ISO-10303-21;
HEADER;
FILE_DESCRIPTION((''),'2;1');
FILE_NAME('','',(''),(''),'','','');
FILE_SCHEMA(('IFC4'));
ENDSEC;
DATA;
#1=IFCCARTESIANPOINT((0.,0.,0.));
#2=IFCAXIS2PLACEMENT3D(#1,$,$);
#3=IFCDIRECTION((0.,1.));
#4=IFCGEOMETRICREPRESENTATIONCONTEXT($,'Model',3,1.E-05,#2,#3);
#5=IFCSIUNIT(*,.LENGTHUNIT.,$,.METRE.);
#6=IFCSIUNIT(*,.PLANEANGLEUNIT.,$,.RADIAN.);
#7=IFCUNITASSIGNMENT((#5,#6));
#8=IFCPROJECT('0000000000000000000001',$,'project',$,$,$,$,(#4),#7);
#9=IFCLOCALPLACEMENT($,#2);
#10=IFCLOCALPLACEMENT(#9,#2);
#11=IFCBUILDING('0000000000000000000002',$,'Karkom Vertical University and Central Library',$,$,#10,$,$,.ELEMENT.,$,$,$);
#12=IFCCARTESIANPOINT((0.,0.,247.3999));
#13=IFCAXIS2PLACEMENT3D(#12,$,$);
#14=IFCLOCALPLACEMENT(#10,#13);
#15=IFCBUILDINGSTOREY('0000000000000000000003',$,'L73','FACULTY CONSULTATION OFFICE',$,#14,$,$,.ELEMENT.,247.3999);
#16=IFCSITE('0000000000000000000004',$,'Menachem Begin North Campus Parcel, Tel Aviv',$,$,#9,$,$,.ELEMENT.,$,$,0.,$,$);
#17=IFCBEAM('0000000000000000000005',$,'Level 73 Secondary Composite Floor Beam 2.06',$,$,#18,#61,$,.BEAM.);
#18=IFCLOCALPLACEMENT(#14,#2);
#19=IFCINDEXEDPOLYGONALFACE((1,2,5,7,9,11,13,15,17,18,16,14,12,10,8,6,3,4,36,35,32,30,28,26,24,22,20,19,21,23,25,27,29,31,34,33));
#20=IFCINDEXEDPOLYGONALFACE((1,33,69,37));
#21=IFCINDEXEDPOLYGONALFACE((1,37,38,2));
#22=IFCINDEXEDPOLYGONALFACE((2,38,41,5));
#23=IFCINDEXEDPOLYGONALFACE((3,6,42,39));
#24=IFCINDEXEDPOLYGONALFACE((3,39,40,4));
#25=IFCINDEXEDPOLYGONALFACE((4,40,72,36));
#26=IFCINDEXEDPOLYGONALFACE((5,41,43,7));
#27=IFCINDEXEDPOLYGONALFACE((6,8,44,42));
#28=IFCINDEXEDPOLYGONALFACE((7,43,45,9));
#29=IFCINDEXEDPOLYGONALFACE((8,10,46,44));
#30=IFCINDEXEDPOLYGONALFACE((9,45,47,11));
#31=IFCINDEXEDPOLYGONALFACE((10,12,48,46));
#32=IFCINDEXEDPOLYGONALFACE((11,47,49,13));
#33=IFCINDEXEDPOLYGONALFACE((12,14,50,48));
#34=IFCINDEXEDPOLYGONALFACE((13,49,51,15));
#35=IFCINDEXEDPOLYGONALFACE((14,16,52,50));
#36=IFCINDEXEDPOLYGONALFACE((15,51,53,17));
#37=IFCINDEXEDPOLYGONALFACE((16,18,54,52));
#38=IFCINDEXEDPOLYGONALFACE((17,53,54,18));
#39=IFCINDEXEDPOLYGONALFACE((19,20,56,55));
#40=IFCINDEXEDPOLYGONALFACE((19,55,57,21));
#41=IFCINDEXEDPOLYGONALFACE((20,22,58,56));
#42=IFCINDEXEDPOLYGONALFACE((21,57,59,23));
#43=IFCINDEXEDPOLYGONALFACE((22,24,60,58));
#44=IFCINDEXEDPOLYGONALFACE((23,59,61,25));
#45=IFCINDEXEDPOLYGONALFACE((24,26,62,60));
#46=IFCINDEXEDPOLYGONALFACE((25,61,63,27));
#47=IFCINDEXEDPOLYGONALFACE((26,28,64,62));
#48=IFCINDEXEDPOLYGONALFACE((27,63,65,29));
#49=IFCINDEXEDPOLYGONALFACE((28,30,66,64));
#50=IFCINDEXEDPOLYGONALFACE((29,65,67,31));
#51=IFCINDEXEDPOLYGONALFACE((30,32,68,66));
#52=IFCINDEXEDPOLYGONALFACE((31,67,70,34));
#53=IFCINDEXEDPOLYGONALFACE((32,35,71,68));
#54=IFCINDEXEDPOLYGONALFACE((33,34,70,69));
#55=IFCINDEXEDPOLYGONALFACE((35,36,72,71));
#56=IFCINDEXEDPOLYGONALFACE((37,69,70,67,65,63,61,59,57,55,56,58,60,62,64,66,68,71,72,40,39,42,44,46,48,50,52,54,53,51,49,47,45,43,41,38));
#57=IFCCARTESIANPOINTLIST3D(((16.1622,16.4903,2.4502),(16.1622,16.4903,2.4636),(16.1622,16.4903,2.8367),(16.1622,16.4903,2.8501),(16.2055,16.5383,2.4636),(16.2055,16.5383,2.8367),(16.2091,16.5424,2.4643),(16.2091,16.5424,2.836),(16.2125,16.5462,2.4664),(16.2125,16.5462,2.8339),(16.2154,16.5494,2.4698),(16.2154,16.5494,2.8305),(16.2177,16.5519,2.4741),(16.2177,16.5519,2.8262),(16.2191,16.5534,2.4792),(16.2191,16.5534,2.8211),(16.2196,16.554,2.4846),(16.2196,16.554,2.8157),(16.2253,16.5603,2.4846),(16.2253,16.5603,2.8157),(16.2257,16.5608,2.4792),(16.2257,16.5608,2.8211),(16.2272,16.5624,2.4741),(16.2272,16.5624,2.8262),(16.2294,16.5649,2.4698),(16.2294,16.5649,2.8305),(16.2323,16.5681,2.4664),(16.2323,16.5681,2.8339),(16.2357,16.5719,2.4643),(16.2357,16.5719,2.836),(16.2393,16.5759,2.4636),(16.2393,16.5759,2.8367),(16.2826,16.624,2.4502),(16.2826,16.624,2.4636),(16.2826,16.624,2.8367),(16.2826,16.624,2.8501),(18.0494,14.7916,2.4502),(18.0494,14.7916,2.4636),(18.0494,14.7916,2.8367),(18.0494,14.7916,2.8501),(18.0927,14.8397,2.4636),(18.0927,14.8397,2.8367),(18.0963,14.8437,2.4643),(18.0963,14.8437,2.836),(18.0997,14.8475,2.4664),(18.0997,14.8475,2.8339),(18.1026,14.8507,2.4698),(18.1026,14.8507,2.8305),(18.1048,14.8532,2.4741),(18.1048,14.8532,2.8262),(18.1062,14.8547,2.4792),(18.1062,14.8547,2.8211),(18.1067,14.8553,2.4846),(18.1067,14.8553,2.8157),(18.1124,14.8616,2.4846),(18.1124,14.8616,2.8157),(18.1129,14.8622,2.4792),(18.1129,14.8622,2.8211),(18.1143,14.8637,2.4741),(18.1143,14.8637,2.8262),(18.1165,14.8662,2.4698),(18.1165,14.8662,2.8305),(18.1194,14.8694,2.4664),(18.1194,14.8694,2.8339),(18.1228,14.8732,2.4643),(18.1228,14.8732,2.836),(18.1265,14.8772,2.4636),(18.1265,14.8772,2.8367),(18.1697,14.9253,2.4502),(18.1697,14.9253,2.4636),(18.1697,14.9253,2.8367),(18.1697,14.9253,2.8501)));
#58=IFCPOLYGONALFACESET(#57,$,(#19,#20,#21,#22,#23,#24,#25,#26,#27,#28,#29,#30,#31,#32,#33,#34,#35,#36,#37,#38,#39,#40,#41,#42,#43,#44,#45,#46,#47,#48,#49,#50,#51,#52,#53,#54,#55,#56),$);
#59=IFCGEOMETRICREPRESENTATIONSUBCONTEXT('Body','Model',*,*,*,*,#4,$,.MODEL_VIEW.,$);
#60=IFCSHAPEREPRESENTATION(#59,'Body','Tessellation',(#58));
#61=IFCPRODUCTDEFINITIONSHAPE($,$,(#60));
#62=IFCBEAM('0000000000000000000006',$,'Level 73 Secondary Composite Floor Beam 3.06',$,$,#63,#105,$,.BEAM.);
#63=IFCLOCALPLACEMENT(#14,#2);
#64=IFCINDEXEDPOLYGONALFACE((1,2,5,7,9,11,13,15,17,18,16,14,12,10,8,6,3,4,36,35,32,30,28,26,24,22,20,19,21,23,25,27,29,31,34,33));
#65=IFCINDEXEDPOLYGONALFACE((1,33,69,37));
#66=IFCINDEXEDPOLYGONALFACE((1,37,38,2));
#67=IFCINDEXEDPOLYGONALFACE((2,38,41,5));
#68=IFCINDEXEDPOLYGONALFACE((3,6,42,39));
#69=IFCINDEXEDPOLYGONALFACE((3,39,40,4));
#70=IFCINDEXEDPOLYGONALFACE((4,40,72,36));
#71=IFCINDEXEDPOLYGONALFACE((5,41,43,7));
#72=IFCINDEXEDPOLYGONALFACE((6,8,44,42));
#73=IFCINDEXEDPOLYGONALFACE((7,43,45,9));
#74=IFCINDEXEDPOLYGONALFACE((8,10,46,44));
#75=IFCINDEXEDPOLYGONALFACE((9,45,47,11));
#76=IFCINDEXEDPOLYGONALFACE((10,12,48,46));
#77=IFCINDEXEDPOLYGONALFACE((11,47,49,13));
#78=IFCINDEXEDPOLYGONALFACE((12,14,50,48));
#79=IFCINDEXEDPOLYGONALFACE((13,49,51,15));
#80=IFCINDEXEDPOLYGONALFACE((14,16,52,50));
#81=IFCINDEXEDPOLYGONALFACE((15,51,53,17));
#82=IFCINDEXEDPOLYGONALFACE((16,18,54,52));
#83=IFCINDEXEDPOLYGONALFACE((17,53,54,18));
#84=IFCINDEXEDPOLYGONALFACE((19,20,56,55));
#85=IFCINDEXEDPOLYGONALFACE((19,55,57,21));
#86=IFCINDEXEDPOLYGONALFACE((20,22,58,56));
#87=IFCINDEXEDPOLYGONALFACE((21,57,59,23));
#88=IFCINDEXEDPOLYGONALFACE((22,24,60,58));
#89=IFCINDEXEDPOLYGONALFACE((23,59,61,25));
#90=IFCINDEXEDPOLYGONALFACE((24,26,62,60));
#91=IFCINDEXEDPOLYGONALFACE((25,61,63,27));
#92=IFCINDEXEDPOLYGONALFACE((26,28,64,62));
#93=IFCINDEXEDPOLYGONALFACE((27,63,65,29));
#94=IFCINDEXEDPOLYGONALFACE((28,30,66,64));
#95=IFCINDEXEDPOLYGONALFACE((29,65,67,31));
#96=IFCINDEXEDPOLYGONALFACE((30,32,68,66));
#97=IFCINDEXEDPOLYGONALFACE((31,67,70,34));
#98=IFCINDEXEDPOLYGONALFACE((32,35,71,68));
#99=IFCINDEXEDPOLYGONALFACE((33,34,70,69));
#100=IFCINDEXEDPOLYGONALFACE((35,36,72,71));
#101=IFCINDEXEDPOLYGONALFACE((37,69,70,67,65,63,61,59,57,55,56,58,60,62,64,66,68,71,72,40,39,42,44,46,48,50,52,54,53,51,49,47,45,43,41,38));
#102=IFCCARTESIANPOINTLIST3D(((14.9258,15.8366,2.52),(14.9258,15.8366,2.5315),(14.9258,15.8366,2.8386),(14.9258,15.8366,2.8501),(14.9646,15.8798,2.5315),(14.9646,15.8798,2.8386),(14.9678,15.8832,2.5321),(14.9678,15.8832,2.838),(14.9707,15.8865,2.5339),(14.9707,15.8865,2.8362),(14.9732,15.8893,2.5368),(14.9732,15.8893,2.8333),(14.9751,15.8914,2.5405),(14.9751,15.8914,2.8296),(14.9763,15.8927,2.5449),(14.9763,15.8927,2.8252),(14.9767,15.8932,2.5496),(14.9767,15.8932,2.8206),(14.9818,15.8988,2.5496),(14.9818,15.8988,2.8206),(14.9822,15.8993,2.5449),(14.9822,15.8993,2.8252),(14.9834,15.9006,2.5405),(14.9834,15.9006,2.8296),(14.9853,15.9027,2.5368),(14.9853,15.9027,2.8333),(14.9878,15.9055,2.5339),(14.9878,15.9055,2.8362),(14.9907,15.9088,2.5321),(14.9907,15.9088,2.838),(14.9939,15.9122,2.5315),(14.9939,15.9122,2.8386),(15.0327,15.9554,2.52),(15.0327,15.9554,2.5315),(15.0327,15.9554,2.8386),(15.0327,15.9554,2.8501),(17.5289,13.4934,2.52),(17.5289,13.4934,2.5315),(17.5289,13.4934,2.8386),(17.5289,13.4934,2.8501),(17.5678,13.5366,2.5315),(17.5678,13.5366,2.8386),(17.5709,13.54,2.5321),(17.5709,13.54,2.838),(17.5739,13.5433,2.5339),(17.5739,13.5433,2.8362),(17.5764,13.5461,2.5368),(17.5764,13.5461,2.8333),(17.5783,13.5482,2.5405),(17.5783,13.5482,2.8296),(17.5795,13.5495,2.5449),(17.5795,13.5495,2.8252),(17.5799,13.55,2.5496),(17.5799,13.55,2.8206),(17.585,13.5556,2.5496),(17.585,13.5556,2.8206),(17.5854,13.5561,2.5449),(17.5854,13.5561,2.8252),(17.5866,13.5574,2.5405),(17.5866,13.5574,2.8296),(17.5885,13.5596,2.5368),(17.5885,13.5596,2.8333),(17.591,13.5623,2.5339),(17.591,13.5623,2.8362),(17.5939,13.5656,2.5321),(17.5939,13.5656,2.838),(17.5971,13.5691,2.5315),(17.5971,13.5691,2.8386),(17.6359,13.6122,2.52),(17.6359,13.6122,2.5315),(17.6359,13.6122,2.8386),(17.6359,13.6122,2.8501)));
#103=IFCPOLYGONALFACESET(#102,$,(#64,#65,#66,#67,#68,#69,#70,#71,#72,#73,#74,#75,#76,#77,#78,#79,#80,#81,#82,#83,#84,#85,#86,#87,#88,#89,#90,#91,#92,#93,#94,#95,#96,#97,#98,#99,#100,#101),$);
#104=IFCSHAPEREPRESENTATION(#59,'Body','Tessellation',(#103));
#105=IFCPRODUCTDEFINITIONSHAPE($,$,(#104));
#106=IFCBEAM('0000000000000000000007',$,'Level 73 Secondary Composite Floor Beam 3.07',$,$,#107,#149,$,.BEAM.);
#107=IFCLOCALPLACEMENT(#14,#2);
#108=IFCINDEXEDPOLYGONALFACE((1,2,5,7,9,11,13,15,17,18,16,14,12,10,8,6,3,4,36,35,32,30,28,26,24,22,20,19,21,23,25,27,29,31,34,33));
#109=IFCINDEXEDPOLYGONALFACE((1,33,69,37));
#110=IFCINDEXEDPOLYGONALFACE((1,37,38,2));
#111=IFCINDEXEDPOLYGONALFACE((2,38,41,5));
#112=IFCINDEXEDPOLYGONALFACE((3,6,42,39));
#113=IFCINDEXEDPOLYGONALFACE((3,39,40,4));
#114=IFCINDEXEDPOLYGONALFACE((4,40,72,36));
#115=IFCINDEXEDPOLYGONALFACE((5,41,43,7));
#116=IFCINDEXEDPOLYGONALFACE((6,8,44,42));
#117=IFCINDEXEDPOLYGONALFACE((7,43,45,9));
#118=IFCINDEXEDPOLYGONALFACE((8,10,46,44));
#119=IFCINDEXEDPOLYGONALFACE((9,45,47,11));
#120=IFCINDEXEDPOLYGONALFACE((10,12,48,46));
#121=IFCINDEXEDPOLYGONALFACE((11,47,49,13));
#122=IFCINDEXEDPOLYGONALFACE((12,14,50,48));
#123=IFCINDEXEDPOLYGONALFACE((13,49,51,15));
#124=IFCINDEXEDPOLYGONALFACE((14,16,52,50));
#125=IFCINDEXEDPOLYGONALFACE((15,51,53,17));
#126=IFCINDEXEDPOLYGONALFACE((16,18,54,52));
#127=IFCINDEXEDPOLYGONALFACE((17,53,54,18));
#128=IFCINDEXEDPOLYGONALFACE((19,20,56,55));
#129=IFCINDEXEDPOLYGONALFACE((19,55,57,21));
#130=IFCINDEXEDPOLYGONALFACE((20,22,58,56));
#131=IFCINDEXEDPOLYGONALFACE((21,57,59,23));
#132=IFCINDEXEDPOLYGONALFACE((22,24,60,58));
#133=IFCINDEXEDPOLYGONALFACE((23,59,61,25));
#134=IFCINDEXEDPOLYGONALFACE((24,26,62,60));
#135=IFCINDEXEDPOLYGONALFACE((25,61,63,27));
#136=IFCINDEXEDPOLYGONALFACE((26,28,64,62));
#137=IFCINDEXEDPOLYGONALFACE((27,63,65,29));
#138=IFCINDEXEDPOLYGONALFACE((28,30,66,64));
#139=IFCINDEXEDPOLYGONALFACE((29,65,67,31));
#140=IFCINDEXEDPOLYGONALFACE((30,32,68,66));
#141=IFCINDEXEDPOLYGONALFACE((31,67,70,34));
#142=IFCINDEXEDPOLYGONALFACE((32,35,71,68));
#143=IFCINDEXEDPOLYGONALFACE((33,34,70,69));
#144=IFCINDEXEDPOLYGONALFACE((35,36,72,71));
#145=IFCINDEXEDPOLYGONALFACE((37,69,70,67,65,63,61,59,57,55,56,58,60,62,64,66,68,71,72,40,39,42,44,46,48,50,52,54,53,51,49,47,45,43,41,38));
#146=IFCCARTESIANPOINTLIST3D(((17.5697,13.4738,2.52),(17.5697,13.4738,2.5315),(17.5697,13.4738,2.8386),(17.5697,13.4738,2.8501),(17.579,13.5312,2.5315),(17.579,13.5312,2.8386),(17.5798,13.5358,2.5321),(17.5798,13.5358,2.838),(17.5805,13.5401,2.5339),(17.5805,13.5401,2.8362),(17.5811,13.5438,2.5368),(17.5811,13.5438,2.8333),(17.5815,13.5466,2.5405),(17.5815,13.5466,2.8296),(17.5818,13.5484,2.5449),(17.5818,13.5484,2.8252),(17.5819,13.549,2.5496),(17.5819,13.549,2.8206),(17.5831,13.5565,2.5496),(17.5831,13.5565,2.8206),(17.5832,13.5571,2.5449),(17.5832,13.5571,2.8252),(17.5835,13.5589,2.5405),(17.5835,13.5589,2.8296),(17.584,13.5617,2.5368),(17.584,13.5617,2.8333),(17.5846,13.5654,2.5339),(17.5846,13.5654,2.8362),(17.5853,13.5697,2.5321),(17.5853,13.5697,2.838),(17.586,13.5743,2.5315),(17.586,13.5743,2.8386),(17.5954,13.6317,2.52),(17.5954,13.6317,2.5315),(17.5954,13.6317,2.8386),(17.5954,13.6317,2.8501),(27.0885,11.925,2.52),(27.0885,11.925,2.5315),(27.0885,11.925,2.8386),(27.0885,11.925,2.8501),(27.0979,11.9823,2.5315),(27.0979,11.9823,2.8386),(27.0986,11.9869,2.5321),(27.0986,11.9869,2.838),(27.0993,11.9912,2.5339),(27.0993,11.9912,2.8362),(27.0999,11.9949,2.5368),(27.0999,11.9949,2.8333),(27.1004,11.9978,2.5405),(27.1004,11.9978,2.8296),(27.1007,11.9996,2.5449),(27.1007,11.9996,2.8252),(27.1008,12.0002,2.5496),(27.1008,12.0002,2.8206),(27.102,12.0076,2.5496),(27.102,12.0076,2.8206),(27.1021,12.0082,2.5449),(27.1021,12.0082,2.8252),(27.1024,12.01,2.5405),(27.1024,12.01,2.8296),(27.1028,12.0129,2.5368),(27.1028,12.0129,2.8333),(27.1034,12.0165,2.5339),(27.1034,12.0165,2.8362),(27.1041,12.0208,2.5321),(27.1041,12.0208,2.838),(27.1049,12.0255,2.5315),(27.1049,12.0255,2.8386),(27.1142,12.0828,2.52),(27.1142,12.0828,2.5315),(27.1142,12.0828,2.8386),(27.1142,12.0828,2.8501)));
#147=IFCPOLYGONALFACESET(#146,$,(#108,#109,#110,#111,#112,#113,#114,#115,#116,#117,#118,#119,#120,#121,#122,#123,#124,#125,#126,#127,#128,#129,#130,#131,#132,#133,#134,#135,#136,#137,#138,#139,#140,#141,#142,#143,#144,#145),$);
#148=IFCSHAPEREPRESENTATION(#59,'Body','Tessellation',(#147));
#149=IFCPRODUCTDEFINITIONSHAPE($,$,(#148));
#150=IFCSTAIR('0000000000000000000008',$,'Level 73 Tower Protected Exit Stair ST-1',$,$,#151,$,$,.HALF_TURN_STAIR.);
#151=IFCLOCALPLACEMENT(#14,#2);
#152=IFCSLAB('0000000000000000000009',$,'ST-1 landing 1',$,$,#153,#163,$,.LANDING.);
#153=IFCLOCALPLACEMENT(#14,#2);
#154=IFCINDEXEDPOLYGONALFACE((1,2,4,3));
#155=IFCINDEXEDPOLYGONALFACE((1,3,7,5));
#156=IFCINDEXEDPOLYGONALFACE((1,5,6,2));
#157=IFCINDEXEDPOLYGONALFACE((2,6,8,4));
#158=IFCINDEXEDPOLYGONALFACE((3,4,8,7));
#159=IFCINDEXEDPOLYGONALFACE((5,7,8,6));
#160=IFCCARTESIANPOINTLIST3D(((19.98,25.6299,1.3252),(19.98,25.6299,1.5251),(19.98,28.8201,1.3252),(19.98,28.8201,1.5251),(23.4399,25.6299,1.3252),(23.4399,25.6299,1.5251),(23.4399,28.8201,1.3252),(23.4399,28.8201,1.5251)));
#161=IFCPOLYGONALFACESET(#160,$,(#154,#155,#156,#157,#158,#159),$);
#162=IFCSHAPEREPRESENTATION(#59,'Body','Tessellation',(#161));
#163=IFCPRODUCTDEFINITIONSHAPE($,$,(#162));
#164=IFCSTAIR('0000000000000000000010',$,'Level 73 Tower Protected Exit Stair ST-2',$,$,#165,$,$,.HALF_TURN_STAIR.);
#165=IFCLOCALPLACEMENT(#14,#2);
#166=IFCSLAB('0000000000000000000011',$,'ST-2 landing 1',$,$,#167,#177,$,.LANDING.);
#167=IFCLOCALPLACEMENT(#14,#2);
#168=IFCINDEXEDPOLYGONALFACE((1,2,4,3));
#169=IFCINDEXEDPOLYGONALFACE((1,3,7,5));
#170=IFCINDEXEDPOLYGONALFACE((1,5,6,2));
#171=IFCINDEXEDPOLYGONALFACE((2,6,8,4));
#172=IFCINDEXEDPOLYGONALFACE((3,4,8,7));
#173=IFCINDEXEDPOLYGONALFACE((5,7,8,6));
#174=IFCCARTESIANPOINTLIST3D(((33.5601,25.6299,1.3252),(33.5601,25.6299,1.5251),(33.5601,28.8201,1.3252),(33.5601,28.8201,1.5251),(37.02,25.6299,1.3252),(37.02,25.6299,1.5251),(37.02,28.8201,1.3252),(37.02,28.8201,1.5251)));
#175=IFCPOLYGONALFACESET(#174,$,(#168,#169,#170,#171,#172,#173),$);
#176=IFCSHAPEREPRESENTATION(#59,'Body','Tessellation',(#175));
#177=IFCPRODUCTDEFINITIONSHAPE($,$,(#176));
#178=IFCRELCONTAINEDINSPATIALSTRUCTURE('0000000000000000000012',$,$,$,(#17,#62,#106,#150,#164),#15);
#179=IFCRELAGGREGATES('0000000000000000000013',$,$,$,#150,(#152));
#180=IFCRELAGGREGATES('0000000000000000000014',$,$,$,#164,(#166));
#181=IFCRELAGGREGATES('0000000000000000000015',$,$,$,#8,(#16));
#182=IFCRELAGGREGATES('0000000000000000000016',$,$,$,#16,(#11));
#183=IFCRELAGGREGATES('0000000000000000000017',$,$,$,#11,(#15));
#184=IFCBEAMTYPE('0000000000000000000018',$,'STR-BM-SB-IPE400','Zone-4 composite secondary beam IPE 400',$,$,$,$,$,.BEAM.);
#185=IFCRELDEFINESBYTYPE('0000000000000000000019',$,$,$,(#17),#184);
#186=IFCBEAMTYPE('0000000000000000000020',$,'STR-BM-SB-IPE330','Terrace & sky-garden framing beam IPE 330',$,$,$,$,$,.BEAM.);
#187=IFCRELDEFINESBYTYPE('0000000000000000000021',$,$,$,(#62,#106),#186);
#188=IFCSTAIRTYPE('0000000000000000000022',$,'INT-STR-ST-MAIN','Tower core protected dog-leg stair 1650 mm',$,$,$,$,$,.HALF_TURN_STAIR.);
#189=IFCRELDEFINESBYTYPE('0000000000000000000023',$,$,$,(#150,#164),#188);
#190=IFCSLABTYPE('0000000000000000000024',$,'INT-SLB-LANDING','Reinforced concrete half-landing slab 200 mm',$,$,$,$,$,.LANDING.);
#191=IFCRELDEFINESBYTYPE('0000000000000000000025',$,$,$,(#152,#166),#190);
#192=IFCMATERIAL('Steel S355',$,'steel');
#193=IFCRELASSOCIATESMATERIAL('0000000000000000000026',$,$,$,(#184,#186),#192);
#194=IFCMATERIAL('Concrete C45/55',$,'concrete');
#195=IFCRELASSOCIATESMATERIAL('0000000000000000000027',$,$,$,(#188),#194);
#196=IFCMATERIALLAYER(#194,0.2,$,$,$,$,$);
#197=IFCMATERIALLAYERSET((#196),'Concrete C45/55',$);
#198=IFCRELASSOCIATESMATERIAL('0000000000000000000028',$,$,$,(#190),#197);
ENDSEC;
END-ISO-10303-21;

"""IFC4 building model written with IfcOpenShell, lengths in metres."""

from ifc_helpers import new_model, si_unit, direction, frame, origin, origin_with_axes, origin_2d, place, context, subcontext, project, spatial, polyline, i_section, outline, extrude, source, transform, mapped, material, layer, layer_set, material_profile, profile_set, type_object, element, aggregate, save


model = new_model("IFC4")

# Units and contexts
model_context = context("Model", 3, precision=1e-05, world=origin(), true_north=direction((0.0, 1.0)))
body_context = subcontext(model_context, "Body", "Model", "MODEL_VIEW")
ifc_project = project(units=[si_unit("LENGTHUNIT", "METRE"), si_unit("PLANEANGLEUNIT", "RADIAN")], contexts=[model_context])

# Site, building, storey
site_placement = place(None, origin())
site = spatial("IfcSite", under=ifc_project, at=site_placement, Name="Menachem Begin North Campus Parcel, Tel Aviv", CompositionType="ELEMENT", RefElevation=0.0)
building_placement = place(site_placement, origin())
building = spatial("IfcBuilding", under=site, at=building_placement, Name="Karkom Vertical University and Central Library", CompositionType="ELEMENT")
storey_placement = place(building_placement, frame((0.0, 0.0, 247.3999)))
storey = spatial("IfcBuildingStorey", under=building, at=storey_placement, Name="L73", Description="FACULTY CONSULTATION OFFICE", CompositionType="ELEMENT", Elevation=247.3999)

# Shared definitions
ifc_material_1 = material(Name="Concrete C45/55", Category="concrete")

# Beams
ifc_material_2 = material(Name="Steel S355", Category="steel")
ifc_material_profile_1 = material_profile(ifc_material_2, i_section(OverallWidth=0.1799, OverallDepth=0.3999, WebThickness=0.0085, FlangeThickness=0.0134, FilletRadius=0.021, at=origin_2d()), Name="IPE 400")
ifc_profile_set_1 = profile_set([ifc_material_profile_1], Name="Steel S355")
beam_type_1 = type_object("IfcBeamType", Name="STR-BM-SB-IPE400", Description="Zone-4 composite secondary beam IPE 400", PredefinedType="BEAM", material=ifc_profile_set_1)
shared_shape_1 = source(origin_with_axes(), body_context, "Body", "SweptSolid", [
    extrude(i_section(OverallWidth=0.1799, OverallDepth=0.3999, WebThickness=0.0085, FlangeThickness=0.0134, FilletRadius=0.021, at=origin_2d()), origin(), (0.0, 0.0, 1.0), 2.5391),
])
beam_1_placement = place(storey_placement, frame((16.2224, 16.5571, 2.6501), z_axis=(0.743246, -0.669018, 0.0), x_axis=(0.669018, 0.743246, 0.0)))
element("IfcBeam", 1, at=beam_1_placement, inside=storey, type_object=beam_type_1, Name="Level 73 Secondary Composite Floor Beam 2.06", PredefinedType="BEAM", context=body_context, shape_type="MappedRepresentation", body=[
    mapped(shared_shape_1, transform((0.0, 0.0, 0.0), scale=1.0)),
])
ifc_material_profile_2 = material_profile(ifc_material_2, i_section(OverallWidth=0.1599, OverallDepth=0.3301, WebThickness=0.0076, FlangeThickness=0.0115, FilletRadius=0.0181, at=origin_2d()), Name="IPE 330")
ifc_profile_set_2 = profile_set([ifc_material_profile_2], Name="Steel S355")
beam_type_2 = type_object("IfcBeamType", Name="STR-BM-SB-IPE330", Description="Terrace & sky-garden framing beam IPE 330", PredefinedType="BEAM", material=ifc_profile_set_2)
shared_shape_2 = source(origin_with_axes(), body_context, "Body", "SweptSolid", [
    extrude(i_section(OverallWidth=0.1599, OverallDepth=0.3301, WebThickness=0.0076, FlangeThickness=0.0115, FilletRadius=0.0181, at=origin_2d()), origin(), (0.0, 0.0, 1.0), 3.5024),
])
beam_2_placement = place(storey_placement, frame((14.9792, 15.896, 2.6851), z_axis=(0.743249, -0.669015, 0.0), x_axis=(0.669015, 0.743249, 0.0)))
element("IfcBeam", 2, at=beam_2_placement, inside=storey, type_object=beam_type_2, Name="Level 73 Secondary Composite Floor Beam 3.06", PredefinedType="BEAM", context=body_context, shape_type="MappedRepresentation", body=[
    mapped(shared_shape_2, transform((0.0, 0.0, 0.0), scale=1.0)),
])
shared_shape_3 = source(origin_with_axes(), body_context, "Body", "SweptSolid", [
    extrude(i_section(OverallWidth=0.1599, OverallDepth=0.3301, WebThickness=0.0076, FlangeThickness=0.0115, FilletRadius=0.0181, at=origin_2d()), origin(), (0.0, 0.0, 1.0), 9.644),
])
beam_3_placement = place(storey_placement, frame((17.5825, 13.5527, 2.6851), z_axis=(0.987019, -0.1606, 0.0), x_axis=(0.1606, 0.987019, 0.0)))
element("IfcBeam", 3, at=beam_3_placement, inside=storey, type_object=beam_type_2, Name="Level 73 Secondary Composite Floor Beam 3.07", PredefinedType="BEAM", context=body_context, shape_type="MappedRepresentation", body=[
    mapped(shared_shape_3, transform((0.0, 0.0, 0.0), scale=1.0)),
])

# Stairs, slabs
stair_type = type_object("IfcStairType", Name="INT-STR-ST-MAIN", Description="Tower core protected dog-leg stair 1650 mm", PredefinedType="HALF_TURN_STAIR", material=ifc_material_1)
stair_1_placement = place(storey_placement, origin())
stair_1 = element("IfcStair", 4, at=stair_1_placement, inside=storey, type_object=stair_type, Name="Level 73 Tower Protected Exit Stair ST-1", PredefinedType="HALF_TURN_STAIR")
ifc_layer_1 = layer(ifc_material_1, 0.2)
ifc_layer_set_1 = layer_set([ifc_layer_1], Name="Concrete C45/55")
slab_type_1 = type_object("IfcSlabType", Name="INT-SLB-LANDING", Description="Reinforced concrete half-landing slab 200 mm", PredefinedType="LANDING", material=ifc_layer_set_1)
slab_1_placement = place(storey_placement, frame((0.0, 0.0, 1.3252)))
slab_1 = element("IfcSlab", 5, at=slab_1_placement, type_object=slab_type_1, Name="ST-1 landing 1", PredefinedType="LANDING", context=body_context, shape_type="SweptSolid", body=[
    extrude(outline(polyline([(23.4399, 25.6299), (23.4399, 28.8201), (19.98, 28.8201), (19.98, 25.6299), (23.4399, 25.6299)])), origin(), (0.0, 0.0, 1.0), 0.2),
])
aggregate(stair_1, [slab_1])
stair_2_placement = place(storey_placement, origin())
stair_2 = element("IfcStair", 6, at=stair_2_placement, inside=storey, type_object=stair_type, Name="Level 73 Tower Protected Exit Stair ST-2", PredefinedType="HALF_TURN_STAIR")
slab_2_placement = place(storey_placement, frame((0.0, 0.0, 1.3252)))
slab_2 = element("IfcSlab", 7, at=slab_2_placement, type_object=slab_type_1, Name="ST-2 landing 1", PredefinedType="LANDING", context=body_context, shape_type="SweptSolid", body=[
    extrude(outline(polyline([(37.02, 25.6299), (37.02, 28.8201), (33.5601, 28.8201), (33.5601, 25.6299), (37.02, 25.6299)])), origin(), (0.0, 0.0, 1.0), 0.2),
])
aggregate(stair_2, [slab_2])

save(model, "model.ifc")
